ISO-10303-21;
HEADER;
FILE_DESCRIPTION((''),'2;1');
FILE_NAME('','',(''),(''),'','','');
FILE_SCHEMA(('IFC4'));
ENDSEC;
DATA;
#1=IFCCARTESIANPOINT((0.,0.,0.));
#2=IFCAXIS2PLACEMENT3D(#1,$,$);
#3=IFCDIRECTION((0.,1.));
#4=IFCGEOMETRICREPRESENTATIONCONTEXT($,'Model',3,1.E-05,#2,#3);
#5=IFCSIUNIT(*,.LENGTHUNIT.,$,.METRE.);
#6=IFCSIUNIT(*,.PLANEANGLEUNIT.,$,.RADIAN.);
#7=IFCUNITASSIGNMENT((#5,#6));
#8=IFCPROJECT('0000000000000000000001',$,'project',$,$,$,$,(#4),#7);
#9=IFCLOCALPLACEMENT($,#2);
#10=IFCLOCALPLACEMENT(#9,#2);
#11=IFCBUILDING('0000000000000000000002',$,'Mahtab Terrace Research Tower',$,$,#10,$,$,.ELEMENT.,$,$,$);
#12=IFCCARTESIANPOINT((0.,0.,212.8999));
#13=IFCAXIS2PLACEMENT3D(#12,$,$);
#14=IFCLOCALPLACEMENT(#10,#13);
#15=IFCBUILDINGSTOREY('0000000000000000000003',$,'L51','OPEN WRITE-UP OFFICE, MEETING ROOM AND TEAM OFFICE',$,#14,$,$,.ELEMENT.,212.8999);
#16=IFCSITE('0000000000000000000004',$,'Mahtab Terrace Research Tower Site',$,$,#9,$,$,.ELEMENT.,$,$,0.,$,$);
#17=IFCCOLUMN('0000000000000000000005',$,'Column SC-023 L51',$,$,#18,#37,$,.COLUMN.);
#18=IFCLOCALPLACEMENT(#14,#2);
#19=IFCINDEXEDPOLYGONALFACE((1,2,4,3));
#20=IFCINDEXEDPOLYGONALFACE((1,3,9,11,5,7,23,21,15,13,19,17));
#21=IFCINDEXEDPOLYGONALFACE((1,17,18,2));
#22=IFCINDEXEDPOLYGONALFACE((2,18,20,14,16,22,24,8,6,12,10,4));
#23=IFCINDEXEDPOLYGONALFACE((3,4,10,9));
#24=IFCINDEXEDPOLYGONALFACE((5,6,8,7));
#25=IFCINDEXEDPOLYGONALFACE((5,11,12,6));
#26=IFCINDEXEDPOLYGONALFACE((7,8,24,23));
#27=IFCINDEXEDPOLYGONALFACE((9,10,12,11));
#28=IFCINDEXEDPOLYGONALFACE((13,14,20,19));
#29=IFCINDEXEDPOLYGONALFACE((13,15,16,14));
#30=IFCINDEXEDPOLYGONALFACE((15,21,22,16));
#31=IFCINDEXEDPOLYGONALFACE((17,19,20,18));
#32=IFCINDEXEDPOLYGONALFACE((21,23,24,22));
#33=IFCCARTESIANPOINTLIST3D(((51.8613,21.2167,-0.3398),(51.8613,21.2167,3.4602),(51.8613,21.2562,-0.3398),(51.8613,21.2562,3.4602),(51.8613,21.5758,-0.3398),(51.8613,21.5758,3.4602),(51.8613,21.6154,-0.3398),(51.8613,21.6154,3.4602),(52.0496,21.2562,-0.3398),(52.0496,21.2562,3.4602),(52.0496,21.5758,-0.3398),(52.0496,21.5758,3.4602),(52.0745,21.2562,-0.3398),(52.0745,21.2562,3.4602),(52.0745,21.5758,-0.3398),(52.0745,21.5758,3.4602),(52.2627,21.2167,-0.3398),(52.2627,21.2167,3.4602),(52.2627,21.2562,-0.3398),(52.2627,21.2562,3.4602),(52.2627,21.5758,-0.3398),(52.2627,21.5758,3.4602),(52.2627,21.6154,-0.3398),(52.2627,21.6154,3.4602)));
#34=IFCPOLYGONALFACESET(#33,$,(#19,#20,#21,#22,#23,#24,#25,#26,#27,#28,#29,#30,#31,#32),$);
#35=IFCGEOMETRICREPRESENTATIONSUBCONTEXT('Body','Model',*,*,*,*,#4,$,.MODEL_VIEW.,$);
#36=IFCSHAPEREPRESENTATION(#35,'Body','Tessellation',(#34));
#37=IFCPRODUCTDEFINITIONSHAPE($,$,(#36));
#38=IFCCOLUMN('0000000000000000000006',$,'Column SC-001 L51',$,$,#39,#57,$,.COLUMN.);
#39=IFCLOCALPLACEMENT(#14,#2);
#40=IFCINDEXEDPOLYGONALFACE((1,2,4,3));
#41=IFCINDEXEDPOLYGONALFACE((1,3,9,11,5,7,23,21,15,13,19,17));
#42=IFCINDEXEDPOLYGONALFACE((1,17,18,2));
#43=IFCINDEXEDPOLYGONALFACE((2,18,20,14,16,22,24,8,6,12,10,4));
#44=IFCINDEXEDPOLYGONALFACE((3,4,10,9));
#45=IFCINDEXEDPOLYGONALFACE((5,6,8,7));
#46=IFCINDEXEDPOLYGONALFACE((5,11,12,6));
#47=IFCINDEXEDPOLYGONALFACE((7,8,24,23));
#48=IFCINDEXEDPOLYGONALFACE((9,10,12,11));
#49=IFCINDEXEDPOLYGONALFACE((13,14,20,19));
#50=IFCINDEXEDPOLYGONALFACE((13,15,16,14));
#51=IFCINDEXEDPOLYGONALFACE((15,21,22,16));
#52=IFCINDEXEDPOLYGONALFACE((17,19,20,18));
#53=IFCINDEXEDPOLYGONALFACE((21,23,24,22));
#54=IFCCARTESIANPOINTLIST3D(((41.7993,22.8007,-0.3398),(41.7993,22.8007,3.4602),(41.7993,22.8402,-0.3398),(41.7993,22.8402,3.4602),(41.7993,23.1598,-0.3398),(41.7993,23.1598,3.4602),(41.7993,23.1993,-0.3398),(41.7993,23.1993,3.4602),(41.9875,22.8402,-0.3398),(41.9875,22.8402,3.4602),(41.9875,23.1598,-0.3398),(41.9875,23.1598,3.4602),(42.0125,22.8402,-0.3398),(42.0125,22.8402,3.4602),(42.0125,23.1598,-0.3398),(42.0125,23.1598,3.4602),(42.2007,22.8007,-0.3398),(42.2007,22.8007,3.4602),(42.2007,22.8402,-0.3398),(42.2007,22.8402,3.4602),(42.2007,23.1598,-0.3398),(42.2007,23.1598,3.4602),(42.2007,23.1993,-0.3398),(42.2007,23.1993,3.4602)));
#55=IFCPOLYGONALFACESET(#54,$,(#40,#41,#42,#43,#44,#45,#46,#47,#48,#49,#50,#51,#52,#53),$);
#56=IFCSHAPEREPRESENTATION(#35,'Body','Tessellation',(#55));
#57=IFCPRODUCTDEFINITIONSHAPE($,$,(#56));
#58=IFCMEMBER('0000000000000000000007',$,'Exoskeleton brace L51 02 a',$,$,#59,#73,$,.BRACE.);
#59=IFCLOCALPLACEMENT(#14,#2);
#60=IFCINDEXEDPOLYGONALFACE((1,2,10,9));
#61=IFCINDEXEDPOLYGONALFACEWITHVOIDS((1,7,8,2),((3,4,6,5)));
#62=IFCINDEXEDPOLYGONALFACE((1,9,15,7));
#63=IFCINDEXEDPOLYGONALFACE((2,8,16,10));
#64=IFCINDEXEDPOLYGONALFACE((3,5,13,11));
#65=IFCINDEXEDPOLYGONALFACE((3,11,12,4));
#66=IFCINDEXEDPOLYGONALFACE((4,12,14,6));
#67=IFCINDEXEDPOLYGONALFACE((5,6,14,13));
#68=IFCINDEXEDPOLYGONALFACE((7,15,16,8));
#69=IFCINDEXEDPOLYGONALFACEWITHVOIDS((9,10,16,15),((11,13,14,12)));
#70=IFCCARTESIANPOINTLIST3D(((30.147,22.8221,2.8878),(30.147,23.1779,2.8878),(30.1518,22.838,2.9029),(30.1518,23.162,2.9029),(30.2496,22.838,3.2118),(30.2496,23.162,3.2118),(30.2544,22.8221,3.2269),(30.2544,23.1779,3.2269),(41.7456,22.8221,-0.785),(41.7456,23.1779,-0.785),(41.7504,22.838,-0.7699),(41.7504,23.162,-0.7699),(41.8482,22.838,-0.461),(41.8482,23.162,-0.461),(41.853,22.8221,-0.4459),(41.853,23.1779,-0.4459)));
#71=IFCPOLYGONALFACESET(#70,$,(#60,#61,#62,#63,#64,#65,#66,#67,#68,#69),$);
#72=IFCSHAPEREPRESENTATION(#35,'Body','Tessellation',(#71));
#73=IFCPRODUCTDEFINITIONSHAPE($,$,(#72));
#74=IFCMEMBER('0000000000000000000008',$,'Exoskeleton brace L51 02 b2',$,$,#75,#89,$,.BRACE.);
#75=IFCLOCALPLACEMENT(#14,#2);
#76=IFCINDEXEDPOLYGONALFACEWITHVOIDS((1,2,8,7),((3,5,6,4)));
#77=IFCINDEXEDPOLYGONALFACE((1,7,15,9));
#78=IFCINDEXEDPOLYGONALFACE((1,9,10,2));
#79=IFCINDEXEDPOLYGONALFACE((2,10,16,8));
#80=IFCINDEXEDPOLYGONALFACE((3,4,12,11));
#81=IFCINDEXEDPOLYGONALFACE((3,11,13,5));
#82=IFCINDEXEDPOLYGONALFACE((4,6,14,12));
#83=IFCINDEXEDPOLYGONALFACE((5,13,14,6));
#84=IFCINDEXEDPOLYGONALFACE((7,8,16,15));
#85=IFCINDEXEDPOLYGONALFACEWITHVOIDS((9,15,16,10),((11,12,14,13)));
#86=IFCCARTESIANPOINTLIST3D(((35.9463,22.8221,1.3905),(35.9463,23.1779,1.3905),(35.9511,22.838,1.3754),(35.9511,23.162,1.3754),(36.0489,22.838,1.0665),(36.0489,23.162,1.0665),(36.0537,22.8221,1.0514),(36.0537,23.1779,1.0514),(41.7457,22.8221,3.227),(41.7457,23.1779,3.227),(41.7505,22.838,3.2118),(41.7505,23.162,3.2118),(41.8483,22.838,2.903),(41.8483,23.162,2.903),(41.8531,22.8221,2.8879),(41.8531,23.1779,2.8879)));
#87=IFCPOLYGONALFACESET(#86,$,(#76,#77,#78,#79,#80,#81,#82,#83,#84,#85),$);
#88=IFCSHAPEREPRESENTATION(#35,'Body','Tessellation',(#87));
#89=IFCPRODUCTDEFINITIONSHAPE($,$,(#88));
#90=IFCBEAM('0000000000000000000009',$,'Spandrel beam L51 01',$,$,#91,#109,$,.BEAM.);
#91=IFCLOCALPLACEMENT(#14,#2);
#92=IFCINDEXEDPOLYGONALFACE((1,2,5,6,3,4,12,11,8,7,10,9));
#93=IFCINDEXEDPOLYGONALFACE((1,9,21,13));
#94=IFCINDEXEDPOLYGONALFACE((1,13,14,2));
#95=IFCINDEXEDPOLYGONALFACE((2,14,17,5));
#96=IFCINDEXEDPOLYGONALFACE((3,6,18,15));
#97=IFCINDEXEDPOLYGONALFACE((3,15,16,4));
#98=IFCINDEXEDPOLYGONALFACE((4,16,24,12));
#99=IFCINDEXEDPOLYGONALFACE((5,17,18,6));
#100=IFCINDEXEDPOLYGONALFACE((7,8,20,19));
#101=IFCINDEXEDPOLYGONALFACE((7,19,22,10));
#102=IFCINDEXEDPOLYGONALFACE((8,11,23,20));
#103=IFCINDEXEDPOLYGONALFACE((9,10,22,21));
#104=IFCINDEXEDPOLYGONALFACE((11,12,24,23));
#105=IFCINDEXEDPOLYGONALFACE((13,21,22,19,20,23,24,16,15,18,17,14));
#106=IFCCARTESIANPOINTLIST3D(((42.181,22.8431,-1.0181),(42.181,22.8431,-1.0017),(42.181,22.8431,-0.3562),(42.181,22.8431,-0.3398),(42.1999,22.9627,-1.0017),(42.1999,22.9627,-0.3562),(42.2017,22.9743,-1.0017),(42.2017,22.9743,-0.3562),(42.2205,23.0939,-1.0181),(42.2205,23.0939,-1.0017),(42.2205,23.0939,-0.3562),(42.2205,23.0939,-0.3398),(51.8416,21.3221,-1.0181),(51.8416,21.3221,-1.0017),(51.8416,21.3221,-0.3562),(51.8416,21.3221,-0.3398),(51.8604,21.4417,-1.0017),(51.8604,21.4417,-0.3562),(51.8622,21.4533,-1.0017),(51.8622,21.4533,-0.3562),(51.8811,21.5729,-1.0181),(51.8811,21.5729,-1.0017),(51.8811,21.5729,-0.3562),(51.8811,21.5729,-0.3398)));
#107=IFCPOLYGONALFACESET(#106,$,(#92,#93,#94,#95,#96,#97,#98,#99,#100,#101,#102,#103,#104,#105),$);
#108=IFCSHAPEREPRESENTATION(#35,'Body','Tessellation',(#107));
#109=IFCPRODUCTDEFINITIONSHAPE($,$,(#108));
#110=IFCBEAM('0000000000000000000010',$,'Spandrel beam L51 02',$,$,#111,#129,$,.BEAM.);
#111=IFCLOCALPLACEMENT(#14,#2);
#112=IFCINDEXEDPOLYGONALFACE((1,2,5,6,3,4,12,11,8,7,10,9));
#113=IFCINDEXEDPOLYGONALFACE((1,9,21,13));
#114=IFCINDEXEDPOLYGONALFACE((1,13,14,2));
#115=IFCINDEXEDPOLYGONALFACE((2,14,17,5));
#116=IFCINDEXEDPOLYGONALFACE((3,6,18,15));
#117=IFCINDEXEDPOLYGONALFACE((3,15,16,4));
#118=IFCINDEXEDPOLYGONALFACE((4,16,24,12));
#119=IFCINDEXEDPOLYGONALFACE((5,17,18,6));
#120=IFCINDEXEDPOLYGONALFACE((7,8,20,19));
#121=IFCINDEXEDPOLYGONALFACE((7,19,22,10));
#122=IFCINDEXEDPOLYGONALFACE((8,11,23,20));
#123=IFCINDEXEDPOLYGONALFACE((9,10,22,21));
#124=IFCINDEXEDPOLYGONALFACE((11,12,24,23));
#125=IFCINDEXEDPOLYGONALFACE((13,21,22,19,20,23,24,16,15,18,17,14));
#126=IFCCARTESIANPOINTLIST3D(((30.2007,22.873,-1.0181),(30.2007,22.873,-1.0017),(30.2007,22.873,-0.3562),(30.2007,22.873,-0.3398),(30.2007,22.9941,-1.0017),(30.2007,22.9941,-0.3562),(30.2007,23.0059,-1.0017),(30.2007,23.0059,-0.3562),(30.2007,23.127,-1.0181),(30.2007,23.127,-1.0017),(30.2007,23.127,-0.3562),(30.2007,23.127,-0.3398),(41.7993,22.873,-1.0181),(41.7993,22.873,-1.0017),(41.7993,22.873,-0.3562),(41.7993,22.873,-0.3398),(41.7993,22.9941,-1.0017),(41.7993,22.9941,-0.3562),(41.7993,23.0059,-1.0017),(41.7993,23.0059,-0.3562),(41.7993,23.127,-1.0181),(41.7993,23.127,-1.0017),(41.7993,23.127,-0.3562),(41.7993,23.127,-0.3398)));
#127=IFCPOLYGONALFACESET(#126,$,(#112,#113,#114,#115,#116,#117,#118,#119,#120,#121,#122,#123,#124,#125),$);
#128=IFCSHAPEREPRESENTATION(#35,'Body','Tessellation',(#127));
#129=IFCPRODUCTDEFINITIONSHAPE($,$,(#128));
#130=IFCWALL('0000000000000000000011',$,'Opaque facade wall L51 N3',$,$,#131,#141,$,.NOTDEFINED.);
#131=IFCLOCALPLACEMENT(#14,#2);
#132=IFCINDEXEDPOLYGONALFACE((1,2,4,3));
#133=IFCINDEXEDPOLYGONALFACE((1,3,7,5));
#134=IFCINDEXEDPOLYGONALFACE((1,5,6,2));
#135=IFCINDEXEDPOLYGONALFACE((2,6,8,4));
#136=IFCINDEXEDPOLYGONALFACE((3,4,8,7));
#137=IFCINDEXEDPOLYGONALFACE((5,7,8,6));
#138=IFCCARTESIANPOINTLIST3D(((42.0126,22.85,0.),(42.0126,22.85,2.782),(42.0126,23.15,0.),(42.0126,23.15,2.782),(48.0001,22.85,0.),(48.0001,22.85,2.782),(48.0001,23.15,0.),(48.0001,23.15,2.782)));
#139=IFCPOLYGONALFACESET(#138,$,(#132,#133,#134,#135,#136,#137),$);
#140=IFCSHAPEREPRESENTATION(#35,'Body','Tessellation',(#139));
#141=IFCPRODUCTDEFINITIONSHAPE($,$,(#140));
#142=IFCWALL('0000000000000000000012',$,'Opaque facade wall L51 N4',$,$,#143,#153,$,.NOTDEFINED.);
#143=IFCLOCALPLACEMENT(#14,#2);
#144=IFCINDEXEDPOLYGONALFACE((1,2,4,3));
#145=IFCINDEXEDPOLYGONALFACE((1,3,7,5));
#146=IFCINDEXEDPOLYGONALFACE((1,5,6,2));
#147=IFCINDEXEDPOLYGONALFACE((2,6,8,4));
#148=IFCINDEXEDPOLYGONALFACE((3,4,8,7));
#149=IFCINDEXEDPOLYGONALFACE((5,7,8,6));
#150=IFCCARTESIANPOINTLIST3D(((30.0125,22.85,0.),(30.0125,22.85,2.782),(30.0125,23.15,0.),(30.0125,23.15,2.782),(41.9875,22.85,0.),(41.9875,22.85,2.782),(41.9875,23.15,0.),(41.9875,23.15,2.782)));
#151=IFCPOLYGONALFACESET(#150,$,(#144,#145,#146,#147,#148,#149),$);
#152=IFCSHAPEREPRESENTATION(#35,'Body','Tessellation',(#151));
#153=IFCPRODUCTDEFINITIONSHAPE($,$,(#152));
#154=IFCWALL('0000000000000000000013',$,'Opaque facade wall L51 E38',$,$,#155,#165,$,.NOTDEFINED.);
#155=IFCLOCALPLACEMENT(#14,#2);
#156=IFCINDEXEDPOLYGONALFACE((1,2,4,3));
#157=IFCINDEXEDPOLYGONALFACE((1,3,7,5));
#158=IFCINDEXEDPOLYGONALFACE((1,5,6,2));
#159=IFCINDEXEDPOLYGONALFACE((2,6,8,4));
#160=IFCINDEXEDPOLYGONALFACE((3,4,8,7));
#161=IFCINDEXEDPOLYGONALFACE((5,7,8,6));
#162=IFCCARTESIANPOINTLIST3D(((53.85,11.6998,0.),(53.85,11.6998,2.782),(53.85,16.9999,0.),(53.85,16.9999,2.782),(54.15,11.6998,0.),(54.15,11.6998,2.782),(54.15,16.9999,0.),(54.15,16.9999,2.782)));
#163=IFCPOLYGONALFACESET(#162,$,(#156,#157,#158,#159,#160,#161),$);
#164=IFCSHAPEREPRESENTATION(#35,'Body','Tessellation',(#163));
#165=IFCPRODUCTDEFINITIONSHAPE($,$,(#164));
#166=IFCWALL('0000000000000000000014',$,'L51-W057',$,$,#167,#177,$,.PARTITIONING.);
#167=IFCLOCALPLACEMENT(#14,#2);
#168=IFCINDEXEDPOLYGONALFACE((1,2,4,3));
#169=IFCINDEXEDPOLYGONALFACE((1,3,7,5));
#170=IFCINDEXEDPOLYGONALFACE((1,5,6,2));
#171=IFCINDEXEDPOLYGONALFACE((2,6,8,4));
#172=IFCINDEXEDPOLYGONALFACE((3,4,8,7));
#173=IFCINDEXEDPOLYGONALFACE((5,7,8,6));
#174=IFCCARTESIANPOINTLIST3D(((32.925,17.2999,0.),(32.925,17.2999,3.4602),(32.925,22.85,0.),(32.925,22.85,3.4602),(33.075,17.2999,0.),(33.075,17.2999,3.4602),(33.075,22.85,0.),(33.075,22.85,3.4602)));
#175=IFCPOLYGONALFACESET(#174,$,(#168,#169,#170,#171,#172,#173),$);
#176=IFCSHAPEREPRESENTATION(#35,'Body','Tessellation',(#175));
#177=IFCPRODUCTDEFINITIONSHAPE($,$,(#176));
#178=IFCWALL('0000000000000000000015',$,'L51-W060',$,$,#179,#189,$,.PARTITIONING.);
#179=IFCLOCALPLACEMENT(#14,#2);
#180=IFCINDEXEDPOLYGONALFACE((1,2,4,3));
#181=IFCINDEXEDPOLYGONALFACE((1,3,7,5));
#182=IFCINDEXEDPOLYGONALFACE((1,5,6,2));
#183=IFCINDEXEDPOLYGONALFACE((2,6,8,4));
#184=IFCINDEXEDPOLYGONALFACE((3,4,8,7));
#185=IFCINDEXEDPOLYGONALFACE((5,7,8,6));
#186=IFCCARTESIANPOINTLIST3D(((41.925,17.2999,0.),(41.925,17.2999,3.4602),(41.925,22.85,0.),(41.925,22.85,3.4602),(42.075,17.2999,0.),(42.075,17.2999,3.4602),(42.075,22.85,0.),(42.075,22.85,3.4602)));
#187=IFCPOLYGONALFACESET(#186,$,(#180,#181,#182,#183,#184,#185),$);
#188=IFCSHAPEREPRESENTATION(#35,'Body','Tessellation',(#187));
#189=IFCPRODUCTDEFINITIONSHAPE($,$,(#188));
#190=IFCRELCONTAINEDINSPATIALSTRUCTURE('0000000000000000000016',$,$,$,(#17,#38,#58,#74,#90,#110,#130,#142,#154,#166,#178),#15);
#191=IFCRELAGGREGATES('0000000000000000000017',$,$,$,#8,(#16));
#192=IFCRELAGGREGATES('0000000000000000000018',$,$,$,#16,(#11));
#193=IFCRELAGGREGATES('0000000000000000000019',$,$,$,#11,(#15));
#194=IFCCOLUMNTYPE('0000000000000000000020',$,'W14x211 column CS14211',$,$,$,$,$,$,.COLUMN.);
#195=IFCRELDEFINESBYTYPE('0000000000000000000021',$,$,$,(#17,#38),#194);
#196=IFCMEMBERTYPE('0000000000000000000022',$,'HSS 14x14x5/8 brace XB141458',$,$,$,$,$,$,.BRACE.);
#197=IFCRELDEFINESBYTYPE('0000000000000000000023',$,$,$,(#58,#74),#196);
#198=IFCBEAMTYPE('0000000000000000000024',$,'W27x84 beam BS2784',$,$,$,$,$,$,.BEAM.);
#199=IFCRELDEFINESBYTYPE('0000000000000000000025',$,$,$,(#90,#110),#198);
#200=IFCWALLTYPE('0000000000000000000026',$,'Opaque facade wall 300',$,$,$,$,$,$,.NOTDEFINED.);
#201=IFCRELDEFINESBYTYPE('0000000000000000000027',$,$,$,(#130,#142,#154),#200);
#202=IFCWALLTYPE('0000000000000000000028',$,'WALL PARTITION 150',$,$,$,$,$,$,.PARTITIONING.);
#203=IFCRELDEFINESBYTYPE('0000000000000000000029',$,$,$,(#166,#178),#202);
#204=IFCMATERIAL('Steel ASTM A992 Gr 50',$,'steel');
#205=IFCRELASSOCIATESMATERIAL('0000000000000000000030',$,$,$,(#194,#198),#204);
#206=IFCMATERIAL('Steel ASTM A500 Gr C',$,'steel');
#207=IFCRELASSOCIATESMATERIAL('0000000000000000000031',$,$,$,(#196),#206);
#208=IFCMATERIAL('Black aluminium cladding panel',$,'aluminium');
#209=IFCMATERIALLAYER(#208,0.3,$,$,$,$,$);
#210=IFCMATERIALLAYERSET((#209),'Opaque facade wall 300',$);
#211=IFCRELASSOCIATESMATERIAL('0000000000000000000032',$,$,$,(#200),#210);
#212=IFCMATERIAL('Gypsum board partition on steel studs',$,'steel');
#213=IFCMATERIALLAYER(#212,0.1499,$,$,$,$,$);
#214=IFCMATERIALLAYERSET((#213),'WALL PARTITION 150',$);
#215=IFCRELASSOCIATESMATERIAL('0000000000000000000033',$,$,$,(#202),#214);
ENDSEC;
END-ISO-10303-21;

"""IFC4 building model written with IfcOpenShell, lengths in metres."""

from ifc_helpers import new_model, si_unit, direction, frame, frame_2d, origin, origin_2d, place, context, subcontext, project, spatial, rectangle, hollow_rectangle, i_section, extrude, material, layer, layer_set, material_profile, profile_set, type_object, element, save


model = new_model("IFC4")

# Units and contexts
model_context = context("Model", 3, precision=1e-05, world=origin(), true_north=direction((0.0, 1.0)))
body_context = subcontext(model_context, "Body", "Model", "MODEL_VIEW")
ifc_project = project(units=[si_unit("LENGTHUNIT", "METRE"), si_unit("PLANEANGLEUNIT", "RADIAN")], contexts=[model_context])

# Site, building, storey
site_placement = place(None, origin())
site = spatial("IfcSite", under=ifc_project, at=site_placement, Name="Mahtab Terrace Research Tower Site", CompositionType="ELEMENT", RefElevation=0.0)
building_placement = place(site_placement, origin())
building = spatial("IfcBuilding", under=site, at=building_placement, Name="Mahtab Terrace Research Tower", CompositionType="ELEMENT")
storey_placement = place(building_placement, frame((0.0, 0.0, 212.8999)))
storey = spatial("IfcBuildingStorey", under=building, at=storey_placement, Name="L51", Description="OPEN WRITE-UP OFFICE, MEETING ROOM AND TEAM OFFICE", CompositionType="ELEMENT", Elevation=212.8999)

# Columns
ifc_material_1 = material(Name="Steel ASTM A992 Gr 50", Category="steel")
ifc_material_profile_1 = material_profile(ifc_material_1, i_section(OverallWidth=0.4014, OverallDepth=0.3987, WebThickness=0.0249, FlangeThickness=0.0396, at=origin_2d()), Name="W14X211")
ifc_profile_set_1 = profile_set([ifc_material_profile_1], Name="Steel ASTM A992 Gr 50")
column_type = type_object("IfcColumnType", Name="W14x211 column CS14211", PredefinedType="COLUMN", material=ifc_profile_set_1)
for number, where, z_axis, x_axis, name in (
    (1, (52.062, 21.416, -0.3398), (0.0, 0.0, 1.0), (1.0, 0.0, 0.0), "Column SC-023 L51"),
    (2, (42.0, 23.0, -0.3398), (0.0, 0.0, 1.0), (1.0, 0.0, 0.0), "Column SC-001 L51"),
):
    element("IfcColumn", number, at=place(storey_placement, frame(where, z_axis=z_axis, x_axis=x_axis)), inside=storey, type_object=column_type, Name=name, PredefinedType="COLUMN", context=body_context, shape_type="SweptSolid", body=[
        extrude(i_section(OverallWidth=0.4014, OverallDepth=0.3987, WebThickness=0.0249, FlangeThickness=0.0396, at=origin_2d()), origin(), (0.0, 0.0, 1.0), 3.8),
    ])

# Members
ifc_material_2 = material(Name="Steel ASTM A500 Gr C", Category="steel")
ifc_material_profile_2 = material_profile(ifc_material_2, hollow_rectangle(XDim=0.3557, YDim=0.3557, WallThickness=0.0159, at=origin_2d()), Name="HSS14X14X5/8")
ifc_profile_set_2 = profile_set([ifc_material_profile_2], Name="Steel ASTM A500 Gr C")
member_type = type_object("IfcMemberType", Name="HSS 14x14x5/8 brace XB141458", PredefinedType="BRACE", material=ifc_profile_set_2)
member_1_placement = place(storey_placement, frame((41.7993, 23.0, -0.6155), z_axis=(-0.953343, 0.0, 0.301888), x_axis=(0.0, -1.0, 0.0)))
element("IfcMember", 3, at=member_1_placement, inside=storey, type_object=member_type, Name="Exoskeleton brace L51 02 a", PredefinedType="BRACE", context=body_context, shape_type="SweptSolid", body=[
    extrude(hollow_rectangle(XDim=0.3557, YDim=0.3557, WallThickness=0.0159, at=origin_2d()), origin(), (0.0, 0.0, 1.0), 12.1663),
])
member_2_placement = place(storey_placement, frame((36.0, 23.0, 1.2209), z_axis=(0.953343, 0.0, 0.301888), x_axis=(0.0, 1.0, 0.0)))
element("IfcMember", 4, at=member_2_placement, inside=storey, type_object=member_type, Name="Exoskeleton brace L51 02 b2", PredefinedType="BRACE", context=body_context, shape_type="SweptSolid", body=[
    extrude(hollow_rectangle(XDim=0.3557, YDim=0.3557, WallThickness=0.0159, at=origin_2d()), origin(), (0.0, 0.0, 1.0), 6.0833),
])

# Beams
ifc_material_profile_3 = material_profile(ifc_material_1, i_section(OverallWidth=0.2539, OverallDepth=0.6782, WebThickness=0.0117, FlangeThickness=0.0164, at=origin_2d()), Name="W27X84")
ifc_profile_set_3 = profile_set([ifc_material_profile_3], Name="Steel ASTM A992 Gr 50")
beam_type = type_object("IfcBeamType", Name="W27x84 beam BS2784", PredefinedType="BEAM", material=ifc_profile_set_3)
beam_1_placement = place(storey_placement, frame((51.8613, 21.4475, -0.679), z_axis=(-0.987832, 0.155527, 0.0), x_axis=(-0.155527, -0.987832, 0.0)))
element("IfcBeam", 5, at=beam_1_placement, inside=storey, type_object=beam_type, Name="Spandrel beam L51 01", PredefinedType="BEAM", context=body_context, shape_type="SweptSolid", body=[
    extrude(i_section(OverallWidth=0.2539, OverallDepth=0.6782, WebThickness=0.0117, FlangeThickness=0.0164, at=origin_2d()), origin(), (0.0, 0.0, 1.0), 9.7795),
])
beam_2_placement = place(storey_placement, frame((41.7993, 23.0, -0.679), z_axis=(-1.0, 0.0, 0.0), x_axis=(0.0, -1.0, 0.0)))
element("IfcBeam", 6, at=beam_2_placement, inside=storey, type_object=beam_type, Name="Spandrel beam L51 02", PredefinedType="BEAM", context=body_context, shape_type="SweptSolid", body=[
    extrude(i_section(OverallWidth=0.2539, OverallDepth=0.6782, WebThickness=0.0117, FlangeThickness=0.0164, at=origin_2d()), origin(), (0.0, 0.0, 1.0), 11.5986),
])

# Walls
ifc_material_3 = material(Name="Black aluminium cladding panel", Category="aluminium")
ifc_layer_1 = layer(ifc_material_3, 0.3)
ifc_layer_set_1 = layer_set([ifc_layer_1], Name="Opaque facade wall 300")
wall_type_1 = type_object("IfcWallType", Name="Opaque facade wall 300", PredefinedType="NOTDEFINED", material=ifc_layer_set_1)
wall_1_placement = place(storey_placement, frame((48.0, 23.0, 0.0), z_axis=(0.0, 0.0, 1.0), x_axis=(-1.0, 0.0, 0.0)))
element("IfcWall", 7, at=wall_1_placement, inside=storey, type_object=wall_type_1, Name="Opaque facade wall L51 N3", PredefinedType="NOTDEFINED", context=body_context, shape_type="SweptSolid", body=[
    extrude(rectangle(XDim=5.9875, YDim=0.3, at=frame_2d((2.9937, 0.0))), origin(), (0.0, 0.0, 1.0), 2.782),
])
wall_2_placement = place(storey_placement, frame((41.9875, 23.0, 0.0), z_axis=(0.0, 0.0, 1.0), x_axis=(-1.0, 0.0, 0.0)))
element("IfcWall", 8, at=wall_2_placement, inside=storey, type_object=wall_type_1, Name="Opaque facade wall L51 N4", PredefinedType="NOTDEFINED", context=body_context, shape_type="SweptSolid", body=[
    extrude(rectangle(XDim=11.9751, YDim=0.3, at=frame_2d((5.9875, 0.0))), origin(), (0.0, 0.0, 1.0), 2.782),
])
wall_3_placement = place(storey_placement, frame((54.0, 11.7, 0.0), z_axis=(0.0, 0.0, 1.0), x_axis=(0.0, 1.0, 0.0)))
element("IfcWall", 9, at=wall_3_placement, inside=storey, type_object=wall_type_1, Name="Opaque facade wall L51 E38", PredefinedType="NOTDEFINED", context=body_context, shape_type="SweptSolid", body=[
    extrude(rectangle(XDim=5.3, YDim=0.3, at=frame_2d((2.6499, 0.0))), origin(), (0.0, 0.0, 1.0), 2.782),
])
ifc_material_4 = material(Name="Gypsum board partition on steel studs", Category="steel")
ifc_layer_2 = layer(ifc_material_4, 0.1499)
ifc_layer_set_2 = layer_set([ifc_layer_2], Name="WALL PARTITION 150")
wall_type_2 = type_object("IfcWallType", Name="WALL PARTITION 150", PredefinedType="PARTITIONING", material=ifc_layer_set_2)
for number, where, z_axis, x_axis, name in (
    (10, (33.0, 17.3, 0.0), (0.0, 0.0, 1.0), (0.0, 1.0, 0.0), "L51-W057"),
    (11, (42.0, 17.3, 0.0), (0.0, 0.0, 1.0), (0.0, 1.0, 0.0), "L51-W060"),
):
    element("IfcWall", number, at=place(storey_placement, frame(where, z_axis=z_axis, x_axis=x_axis)), inside=storey, type_object=wall_type_2, Name=name, PredefinedType="PARTITIONING", context=body_context, shape_type="SweptSolid", body=[
        extrude(rectangle(XDim=5.55, YDim=0.1499, at=frame_2d((2.7749, 0.0))), origin(), (0.0, 0.0, 1.0), 3.4602),
    ])

save(model, "model.ifc")
